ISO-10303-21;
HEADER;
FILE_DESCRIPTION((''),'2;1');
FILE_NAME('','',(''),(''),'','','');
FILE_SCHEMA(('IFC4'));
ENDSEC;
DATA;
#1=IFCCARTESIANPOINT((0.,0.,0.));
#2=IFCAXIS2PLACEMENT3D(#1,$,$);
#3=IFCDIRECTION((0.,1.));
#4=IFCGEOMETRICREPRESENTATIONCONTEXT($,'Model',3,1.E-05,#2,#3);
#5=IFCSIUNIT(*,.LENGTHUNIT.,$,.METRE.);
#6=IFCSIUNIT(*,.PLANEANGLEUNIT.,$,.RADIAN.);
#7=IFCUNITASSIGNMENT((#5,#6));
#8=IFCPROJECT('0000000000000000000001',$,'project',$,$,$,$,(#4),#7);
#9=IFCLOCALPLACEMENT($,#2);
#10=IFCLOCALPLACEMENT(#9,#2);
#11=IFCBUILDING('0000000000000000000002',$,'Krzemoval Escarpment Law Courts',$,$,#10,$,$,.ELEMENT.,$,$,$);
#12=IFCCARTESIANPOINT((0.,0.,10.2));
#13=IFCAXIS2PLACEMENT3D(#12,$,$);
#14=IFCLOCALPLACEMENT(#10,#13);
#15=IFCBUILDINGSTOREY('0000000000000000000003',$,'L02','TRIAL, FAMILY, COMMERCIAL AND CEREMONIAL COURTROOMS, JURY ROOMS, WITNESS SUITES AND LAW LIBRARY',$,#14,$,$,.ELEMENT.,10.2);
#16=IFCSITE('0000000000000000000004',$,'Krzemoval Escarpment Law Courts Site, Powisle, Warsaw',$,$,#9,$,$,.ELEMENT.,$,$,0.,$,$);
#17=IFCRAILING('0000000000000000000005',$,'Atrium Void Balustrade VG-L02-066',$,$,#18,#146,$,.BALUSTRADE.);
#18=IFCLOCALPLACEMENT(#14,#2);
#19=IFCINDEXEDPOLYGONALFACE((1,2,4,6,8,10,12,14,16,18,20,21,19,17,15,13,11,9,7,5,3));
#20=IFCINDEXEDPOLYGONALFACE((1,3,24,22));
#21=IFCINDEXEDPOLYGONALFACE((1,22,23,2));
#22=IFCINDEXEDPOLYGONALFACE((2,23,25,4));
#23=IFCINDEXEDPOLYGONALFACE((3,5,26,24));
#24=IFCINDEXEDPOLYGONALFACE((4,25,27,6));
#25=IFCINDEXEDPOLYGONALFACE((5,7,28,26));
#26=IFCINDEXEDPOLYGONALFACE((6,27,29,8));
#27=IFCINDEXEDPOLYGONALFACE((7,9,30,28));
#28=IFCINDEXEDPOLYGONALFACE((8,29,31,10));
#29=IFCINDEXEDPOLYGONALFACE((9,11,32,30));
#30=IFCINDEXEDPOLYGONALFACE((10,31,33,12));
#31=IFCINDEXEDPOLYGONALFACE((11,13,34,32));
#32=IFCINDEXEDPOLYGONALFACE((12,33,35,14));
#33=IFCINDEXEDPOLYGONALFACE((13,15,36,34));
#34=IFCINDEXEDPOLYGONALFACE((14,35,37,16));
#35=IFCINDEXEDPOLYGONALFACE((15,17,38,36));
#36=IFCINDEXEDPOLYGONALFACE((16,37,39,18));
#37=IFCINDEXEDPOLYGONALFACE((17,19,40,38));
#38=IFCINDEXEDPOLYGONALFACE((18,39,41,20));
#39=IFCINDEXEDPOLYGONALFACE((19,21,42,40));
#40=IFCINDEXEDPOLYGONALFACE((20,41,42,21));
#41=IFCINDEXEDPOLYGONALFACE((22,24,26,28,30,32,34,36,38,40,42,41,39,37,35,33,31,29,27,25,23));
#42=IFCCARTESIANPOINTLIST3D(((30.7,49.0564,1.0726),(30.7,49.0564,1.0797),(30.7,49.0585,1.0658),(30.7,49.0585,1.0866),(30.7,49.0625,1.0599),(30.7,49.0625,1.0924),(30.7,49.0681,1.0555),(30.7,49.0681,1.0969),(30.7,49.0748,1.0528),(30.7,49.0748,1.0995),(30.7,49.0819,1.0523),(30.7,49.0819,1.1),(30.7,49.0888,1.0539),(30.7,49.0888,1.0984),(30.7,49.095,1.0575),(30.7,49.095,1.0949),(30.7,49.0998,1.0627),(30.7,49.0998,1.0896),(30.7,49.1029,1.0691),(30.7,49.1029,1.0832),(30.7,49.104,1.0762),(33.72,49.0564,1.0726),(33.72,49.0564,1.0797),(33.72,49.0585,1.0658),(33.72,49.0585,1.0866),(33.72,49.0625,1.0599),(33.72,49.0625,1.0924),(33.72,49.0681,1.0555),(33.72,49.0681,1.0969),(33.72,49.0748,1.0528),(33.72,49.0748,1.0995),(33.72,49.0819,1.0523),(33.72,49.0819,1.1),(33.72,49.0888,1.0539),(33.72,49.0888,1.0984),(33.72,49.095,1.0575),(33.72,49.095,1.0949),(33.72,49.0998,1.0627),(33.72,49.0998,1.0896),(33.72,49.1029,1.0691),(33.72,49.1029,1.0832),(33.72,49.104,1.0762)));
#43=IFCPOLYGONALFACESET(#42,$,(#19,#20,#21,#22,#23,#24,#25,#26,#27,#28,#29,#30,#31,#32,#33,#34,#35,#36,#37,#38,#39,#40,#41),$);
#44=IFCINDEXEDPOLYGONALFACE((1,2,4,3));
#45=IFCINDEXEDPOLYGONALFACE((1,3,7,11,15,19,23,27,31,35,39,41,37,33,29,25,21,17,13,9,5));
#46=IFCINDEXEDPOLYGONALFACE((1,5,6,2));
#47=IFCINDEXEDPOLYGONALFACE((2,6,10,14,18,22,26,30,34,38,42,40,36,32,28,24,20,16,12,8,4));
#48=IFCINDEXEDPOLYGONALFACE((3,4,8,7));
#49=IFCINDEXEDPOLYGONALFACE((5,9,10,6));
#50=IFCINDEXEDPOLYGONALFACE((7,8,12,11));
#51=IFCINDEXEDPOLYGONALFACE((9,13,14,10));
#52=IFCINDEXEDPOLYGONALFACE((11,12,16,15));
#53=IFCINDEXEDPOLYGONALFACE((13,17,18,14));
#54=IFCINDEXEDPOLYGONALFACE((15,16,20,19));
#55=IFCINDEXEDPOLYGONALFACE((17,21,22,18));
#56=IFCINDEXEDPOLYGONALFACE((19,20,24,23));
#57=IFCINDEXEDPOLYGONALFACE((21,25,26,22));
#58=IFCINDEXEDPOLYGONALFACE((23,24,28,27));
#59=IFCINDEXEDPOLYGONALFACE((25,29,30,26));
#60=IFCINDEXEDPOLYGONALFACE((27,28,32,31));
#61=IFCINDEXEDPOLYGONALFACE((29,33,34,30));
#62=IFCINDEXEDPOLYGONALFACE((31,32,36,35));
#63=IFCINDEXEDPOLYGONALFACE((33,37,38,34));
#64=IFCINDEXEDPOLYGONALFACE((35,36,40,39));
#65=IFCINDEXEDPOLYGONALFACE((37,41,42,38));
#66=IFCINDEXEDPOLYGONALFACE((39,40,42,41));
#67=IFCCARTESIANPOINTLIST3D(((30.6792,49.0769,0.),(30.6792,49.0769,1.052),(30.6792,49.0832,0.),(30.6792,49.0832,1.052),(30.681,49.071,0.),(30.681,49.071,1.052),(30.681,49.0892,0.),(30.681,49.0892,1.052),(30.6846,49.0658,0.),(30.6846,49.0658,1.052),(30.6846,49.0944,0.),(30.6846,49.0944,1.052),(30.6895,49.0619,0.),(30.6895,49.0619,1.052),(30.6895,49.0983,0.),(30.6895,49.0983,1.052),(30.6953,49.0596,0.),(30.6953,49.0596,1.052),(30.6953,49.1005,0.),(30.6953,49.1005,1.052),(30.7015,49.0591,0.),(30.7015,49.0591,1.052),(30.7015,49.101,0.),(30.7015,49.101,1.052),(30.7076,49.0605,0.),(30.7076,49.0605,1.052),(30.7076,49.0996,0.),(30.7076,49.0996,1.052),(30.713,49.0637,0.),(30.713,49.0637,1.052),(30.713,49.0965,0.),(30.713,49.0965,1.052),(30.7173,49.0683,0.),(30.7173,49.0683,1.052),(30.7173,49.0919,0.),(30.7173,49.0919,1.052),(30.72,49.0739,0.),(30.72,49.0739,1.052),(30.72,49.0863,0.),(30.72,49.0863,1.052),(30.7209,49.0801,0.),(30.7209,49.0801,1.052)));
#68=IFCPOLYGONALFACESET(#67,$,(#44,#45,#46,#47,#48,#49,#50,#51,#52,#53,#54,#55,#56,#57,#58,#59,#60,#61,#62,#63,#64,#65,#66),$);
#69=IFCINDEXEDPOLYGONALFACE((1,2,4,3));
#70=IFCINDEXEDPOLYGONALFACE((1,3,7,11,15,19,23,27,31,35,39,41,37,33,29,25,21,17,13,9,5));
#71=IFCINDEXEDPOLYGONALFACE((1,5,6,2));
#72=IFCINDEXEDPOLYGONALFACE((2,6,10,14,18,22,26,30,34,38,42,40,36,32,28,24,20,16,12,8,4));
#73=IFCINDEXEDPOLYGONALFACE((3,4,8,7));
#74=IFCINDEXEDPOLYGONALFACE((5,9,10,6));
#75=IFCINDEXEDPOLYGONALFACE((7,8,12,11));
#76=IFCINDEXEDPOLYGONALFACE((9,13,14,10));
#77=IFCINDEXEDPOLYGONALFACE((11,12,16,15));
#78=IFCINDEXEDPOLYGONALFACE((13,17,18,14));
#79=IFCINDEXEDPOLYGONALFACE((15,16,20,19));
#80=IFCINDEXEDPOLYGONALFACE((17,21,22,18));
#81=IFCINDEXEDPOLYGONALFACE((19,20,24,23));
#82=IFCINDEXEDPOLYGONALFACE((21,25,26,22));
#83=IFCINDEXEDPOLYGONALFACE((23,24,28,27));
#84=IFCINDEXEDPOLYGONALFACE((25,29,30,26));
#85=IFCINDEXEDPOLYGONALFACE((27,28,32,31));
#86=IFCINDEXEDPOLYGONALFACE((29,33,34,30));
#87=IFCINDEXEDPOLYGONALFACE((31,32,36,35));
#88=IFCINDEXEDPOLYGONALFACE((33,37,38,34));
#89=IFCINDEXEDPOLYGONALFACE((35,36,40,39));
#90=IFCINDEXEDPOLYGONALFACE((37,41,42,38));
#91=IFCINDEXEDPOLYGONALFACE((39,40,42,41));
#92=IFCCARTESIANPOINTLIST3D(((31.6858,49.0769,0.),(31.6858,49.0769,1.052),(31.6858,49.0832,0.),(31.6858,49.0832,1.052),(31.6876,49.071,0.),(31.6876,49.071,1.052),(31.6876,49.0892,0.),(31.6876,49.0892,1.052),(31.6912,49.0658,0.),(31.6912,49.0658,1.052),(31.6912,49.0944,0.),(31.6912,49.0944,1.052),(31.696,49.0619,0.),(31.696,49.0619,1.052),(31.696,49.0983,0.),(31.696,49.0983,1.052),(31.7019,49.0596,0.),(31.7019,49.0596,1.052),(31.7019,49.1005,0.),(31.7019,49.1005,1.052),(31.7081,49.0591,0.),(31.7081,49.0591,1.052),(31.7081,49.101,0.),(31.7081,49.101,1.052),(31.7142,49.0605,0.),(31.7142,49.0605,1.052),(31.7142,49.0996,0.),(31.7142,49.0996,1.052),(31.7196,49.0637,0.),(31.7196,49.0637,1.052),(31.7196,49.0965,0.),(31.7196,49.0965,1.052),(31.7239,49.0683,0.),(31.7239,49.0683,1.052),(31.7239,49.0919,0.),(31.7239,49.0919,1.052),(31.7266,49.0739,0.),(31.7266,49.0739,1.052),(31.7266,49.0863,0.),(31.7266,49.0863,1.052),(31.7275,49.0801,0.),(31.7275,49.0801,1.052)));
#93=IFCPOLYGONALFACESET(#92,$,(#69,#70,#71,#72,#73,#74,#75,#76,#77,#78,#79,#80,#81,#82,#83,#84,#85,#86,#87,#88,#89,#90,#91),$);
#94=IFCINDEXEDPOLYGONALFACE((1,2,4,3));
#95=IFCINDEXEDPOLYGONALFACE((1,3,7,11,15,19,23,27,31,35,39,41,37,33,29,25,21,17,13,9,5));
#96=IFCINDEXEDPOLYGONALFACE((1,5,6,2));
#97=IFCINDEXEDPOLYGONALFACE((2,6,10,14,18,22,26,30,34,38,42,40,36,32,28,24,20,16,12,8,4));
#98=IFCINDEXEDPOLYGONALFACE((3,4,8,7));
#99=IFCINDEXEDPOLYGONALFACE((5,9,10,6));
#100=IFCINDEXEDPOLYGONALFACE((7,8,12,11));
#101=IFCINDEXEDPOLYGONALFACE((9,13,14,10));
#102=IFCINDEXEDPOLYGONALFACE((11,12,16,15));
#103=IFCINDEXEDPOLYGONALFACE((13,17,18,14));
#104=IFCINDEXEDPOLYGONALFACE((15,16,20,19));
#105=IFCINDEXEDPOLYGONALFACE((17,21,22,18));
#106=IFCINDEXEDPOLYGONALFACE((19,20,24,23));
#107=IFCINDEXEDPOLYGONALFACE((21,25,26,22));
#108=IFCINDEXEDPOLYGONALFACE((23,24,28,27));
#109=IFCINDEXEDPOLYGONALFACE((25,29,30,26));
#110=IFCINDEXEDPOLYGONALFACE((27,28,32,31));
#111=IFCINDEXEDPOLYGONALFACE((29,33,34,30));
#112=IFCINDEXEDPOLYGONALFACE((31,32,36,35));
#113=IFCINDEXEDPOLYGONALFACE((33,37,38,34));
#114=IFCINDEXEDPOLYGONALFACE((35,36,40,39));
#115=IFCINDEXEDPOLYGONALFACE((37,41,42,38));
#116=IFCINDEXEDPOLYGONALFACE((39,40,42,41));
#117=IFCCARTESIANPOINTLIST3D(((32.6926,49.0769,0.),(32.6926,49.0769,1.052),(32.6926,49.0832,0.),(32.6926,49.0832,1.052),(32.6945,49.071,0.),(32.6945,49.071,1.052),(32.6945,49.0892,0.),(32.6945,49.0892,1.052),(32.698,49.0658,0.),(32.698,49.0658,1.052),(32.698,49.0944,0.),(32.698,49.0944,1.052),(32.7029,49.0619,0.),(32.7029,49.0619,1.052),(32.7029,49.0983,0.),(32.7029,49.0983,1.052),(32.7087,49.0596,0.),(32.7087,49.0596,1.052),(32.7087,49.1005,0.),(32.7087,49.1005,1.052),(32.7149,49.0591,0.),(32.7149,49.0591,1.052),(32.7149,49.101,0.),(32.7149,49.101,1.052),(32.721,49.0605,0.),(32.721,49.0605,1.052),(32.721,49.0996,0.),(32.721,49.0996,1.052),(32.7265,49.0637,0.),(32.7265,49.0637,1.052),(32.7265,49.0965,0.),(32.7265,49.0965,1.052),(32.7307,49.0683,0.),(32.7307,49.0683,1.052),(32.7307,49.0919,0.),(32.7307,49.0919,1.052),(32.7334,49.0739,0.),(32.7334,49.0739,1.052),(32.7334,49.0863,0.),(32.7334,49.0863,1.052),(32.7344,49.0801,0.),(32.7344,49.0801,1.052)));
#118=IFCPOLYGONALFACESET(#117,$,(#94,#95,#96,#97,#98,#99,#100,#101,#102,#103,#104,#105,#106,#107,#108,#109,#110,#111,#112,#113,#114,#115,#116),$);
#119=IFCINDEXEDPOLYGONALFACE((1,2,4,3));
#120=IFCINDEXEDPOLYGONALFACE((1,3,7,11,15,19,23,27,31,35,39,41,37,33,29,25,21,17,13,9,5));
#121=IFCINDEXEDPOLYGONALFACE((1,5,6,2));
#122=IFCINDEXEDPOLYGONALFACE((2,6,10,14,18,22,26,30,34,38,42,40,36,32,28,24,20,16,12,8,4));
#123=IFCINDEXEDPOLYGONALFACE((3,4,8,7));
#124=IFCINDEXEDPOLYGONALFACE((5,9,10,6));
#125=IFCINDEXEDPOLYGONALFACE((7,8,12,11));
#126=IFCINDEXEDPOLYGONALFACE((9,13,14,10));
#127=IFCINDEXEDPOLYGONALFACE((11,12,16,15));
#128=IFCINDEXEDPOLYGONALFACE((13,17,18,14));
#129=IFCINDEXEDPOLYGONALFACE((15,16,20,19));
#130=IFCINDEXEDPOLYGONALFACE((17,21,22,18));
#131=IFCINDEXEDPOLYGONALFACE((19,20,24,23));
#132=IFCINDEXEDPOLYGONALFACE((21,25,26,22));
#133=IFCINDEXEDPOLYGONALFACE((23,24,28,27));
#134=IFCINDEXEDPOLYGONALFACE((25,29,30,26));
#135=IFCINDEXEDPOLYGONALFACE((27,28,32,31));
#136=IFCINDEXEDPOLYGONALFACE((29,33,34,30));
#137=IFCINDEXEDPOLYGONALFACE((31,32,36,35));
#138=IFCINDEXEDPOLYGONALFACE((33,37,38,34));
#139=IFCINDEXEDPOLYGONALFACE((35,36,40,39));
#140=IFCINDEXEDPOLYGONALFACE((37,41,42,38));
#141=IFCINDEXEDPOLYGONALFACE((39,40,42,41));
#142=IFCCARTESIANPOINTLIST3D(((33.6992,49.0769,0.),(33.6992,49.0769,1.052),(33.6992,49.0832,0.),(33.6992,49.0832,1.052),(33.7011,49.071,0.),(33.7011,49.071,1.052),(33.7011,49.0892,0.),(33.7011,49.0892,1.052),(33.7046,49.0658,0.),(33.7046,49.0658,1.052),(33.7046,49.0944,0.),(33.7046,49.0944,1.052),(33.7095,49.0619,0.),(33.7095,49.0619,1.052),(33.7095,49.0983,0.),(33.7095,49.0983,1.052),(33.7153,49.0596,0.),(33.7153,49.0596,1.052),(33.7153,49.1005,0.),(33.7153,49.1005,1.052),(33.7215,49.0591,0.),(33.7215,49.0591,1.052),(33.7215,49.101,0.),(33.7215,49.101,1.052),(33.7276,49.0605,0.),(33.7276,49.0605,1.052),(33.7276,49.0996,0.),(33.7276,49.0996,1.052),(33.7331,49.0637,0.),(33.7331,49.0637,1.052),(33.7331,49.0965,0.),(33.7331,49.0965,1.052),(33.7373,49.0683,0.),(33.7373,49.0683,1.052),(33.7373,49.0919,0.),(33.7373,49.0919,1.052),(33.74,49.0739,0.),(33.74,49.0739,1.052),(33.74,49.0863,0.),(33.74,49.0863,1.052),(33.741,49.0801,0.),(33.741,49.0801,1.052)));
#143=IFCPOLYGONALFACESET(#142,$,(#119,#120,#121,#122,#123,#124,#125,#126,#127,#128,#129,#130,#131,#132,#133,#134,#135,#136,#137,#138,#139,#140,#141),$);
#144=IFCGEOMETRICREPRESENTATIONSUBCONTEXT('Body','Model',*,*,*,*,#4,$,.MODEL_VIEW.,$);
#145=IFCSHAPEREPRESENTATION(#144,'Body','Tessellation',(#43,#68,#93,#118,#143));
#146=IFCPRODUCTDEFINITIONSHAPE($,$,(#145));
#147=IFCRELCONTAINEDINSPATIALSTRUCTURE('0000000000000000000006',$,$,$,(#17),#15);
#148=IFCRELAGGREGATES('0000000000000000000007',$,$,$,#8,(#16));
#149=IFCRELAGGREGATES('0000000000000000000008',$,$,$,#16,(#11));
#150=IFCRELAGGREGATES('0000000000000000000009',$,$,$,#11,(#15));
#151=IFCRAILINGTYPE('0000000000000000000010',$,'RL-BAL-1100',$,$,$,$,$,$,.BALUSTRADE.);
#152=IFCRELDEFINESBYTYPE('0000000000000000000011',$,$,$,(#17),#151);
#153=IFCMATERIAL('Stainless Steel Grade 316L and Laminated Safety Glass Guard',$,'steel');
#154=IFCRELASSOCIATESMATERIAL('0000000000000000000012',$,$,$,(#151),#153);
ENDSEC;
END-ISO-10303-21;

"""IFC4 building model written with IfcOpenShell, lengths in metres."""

from ifc_helpers import new_model, si_unit, direction, frame, origin, origin_2d, place, context, subcontext, project, spatial, circle, extrude, material, type_object, element, save


model = new_model("IFC4")

# Units and contexts
model_context = context("Model", 3, precision=1e-05, world=origin(), true_north=direction((0.0, 1.0)))
body_context = subcontext(model_context, "Body", "Model", "MODEL_VIEW")
ifc_project = project(units=[si_unit("LENGTHUNIT", "METRE"), si_unit("PLANEANGLEUNIT", "RADIAN")], contexts=[model_context])

# Site, building, storey
site_placement = place(None, origin())
site = spatial("IfcSite", under=ifc_project, at=site_placement, Name="Krzemoval Escarpment Law Courts Site, Powisle, Warsaw", CompositionType="ELEMENT", RefElevation=0.0)
building_placement = place(site_placement, origin())
building = spatial("IfcBuilding", under=site, at=building_placement, Name="Krzemoval Escarpment Law Courts", CompositionType="ELEMENT")
storey_placement = place(building_placement, frame((0.0, 0.0, 10.2)))
storey = spatial("IfcBuildingStorey", under=building, at=storey_placement, Name="L02", Description="TRIAL, FAMILY, COMMERCIAL AND CEREMONIAL COURTROOMS, JURY ROOMS, WITNESS SUITES AND LAW LIBRARY", CompositionType="ELEMENT", Elevation=10.2)

# Railing
ifc_material_1 = material(Name="Stainless Steel Grade 316L and Laminated Safety Glass Guard", Category="steel")
railing_type_1 = type_object("IfcRailingType", Name="RL-BAL-1100", PredefinedType="BALUSTRADE", material=ifc_material_1)
railing_1_placement = place(storey_placement, frame((30.7, 49.0801, 0.0)))
element("IfcRailing", 1, at=railing_1_placement, inside=storey, type_object=railing_type_1, Name="Atrium Void Balustrade VG-L02-066", PredefinedType="BALUSTRADE", context=body_context, shape_type="SweptSolid", body=[
    extrude(circle(Radius=0.0239, at=origin_2d()), frame((0.0, 0.0, 1.0762), z_axis=(1.0, 0.0, 0.0), x_axis=(0.0, 1.0, 0.0)), (0.0, 0.0, 1.0), 3.02),
    extrude(circle(Radius=0.021, at=origin_2d()), origin(), (0.0, 0.0, 1.0), 1.052),
    extrude(circle(Radius=0.021, at=origin_2d()), frame((1.0066, 0.0, 0.0)), (0.0, 0.0, 1.0), 1.052),
    extrude(circle(Radius=0.021, at=origin_2d()), frame((2.0134, 0.0, 0.0)), (0.0, 0.0, 1.0), 1.052),
    extrude(circle(Radius=0.021, at=origin_2d()), frame((3.02, 0.0, 0.0)), (0.0, 0.0, 1.0), 1.052),
])

save(model, "model.ifc")
